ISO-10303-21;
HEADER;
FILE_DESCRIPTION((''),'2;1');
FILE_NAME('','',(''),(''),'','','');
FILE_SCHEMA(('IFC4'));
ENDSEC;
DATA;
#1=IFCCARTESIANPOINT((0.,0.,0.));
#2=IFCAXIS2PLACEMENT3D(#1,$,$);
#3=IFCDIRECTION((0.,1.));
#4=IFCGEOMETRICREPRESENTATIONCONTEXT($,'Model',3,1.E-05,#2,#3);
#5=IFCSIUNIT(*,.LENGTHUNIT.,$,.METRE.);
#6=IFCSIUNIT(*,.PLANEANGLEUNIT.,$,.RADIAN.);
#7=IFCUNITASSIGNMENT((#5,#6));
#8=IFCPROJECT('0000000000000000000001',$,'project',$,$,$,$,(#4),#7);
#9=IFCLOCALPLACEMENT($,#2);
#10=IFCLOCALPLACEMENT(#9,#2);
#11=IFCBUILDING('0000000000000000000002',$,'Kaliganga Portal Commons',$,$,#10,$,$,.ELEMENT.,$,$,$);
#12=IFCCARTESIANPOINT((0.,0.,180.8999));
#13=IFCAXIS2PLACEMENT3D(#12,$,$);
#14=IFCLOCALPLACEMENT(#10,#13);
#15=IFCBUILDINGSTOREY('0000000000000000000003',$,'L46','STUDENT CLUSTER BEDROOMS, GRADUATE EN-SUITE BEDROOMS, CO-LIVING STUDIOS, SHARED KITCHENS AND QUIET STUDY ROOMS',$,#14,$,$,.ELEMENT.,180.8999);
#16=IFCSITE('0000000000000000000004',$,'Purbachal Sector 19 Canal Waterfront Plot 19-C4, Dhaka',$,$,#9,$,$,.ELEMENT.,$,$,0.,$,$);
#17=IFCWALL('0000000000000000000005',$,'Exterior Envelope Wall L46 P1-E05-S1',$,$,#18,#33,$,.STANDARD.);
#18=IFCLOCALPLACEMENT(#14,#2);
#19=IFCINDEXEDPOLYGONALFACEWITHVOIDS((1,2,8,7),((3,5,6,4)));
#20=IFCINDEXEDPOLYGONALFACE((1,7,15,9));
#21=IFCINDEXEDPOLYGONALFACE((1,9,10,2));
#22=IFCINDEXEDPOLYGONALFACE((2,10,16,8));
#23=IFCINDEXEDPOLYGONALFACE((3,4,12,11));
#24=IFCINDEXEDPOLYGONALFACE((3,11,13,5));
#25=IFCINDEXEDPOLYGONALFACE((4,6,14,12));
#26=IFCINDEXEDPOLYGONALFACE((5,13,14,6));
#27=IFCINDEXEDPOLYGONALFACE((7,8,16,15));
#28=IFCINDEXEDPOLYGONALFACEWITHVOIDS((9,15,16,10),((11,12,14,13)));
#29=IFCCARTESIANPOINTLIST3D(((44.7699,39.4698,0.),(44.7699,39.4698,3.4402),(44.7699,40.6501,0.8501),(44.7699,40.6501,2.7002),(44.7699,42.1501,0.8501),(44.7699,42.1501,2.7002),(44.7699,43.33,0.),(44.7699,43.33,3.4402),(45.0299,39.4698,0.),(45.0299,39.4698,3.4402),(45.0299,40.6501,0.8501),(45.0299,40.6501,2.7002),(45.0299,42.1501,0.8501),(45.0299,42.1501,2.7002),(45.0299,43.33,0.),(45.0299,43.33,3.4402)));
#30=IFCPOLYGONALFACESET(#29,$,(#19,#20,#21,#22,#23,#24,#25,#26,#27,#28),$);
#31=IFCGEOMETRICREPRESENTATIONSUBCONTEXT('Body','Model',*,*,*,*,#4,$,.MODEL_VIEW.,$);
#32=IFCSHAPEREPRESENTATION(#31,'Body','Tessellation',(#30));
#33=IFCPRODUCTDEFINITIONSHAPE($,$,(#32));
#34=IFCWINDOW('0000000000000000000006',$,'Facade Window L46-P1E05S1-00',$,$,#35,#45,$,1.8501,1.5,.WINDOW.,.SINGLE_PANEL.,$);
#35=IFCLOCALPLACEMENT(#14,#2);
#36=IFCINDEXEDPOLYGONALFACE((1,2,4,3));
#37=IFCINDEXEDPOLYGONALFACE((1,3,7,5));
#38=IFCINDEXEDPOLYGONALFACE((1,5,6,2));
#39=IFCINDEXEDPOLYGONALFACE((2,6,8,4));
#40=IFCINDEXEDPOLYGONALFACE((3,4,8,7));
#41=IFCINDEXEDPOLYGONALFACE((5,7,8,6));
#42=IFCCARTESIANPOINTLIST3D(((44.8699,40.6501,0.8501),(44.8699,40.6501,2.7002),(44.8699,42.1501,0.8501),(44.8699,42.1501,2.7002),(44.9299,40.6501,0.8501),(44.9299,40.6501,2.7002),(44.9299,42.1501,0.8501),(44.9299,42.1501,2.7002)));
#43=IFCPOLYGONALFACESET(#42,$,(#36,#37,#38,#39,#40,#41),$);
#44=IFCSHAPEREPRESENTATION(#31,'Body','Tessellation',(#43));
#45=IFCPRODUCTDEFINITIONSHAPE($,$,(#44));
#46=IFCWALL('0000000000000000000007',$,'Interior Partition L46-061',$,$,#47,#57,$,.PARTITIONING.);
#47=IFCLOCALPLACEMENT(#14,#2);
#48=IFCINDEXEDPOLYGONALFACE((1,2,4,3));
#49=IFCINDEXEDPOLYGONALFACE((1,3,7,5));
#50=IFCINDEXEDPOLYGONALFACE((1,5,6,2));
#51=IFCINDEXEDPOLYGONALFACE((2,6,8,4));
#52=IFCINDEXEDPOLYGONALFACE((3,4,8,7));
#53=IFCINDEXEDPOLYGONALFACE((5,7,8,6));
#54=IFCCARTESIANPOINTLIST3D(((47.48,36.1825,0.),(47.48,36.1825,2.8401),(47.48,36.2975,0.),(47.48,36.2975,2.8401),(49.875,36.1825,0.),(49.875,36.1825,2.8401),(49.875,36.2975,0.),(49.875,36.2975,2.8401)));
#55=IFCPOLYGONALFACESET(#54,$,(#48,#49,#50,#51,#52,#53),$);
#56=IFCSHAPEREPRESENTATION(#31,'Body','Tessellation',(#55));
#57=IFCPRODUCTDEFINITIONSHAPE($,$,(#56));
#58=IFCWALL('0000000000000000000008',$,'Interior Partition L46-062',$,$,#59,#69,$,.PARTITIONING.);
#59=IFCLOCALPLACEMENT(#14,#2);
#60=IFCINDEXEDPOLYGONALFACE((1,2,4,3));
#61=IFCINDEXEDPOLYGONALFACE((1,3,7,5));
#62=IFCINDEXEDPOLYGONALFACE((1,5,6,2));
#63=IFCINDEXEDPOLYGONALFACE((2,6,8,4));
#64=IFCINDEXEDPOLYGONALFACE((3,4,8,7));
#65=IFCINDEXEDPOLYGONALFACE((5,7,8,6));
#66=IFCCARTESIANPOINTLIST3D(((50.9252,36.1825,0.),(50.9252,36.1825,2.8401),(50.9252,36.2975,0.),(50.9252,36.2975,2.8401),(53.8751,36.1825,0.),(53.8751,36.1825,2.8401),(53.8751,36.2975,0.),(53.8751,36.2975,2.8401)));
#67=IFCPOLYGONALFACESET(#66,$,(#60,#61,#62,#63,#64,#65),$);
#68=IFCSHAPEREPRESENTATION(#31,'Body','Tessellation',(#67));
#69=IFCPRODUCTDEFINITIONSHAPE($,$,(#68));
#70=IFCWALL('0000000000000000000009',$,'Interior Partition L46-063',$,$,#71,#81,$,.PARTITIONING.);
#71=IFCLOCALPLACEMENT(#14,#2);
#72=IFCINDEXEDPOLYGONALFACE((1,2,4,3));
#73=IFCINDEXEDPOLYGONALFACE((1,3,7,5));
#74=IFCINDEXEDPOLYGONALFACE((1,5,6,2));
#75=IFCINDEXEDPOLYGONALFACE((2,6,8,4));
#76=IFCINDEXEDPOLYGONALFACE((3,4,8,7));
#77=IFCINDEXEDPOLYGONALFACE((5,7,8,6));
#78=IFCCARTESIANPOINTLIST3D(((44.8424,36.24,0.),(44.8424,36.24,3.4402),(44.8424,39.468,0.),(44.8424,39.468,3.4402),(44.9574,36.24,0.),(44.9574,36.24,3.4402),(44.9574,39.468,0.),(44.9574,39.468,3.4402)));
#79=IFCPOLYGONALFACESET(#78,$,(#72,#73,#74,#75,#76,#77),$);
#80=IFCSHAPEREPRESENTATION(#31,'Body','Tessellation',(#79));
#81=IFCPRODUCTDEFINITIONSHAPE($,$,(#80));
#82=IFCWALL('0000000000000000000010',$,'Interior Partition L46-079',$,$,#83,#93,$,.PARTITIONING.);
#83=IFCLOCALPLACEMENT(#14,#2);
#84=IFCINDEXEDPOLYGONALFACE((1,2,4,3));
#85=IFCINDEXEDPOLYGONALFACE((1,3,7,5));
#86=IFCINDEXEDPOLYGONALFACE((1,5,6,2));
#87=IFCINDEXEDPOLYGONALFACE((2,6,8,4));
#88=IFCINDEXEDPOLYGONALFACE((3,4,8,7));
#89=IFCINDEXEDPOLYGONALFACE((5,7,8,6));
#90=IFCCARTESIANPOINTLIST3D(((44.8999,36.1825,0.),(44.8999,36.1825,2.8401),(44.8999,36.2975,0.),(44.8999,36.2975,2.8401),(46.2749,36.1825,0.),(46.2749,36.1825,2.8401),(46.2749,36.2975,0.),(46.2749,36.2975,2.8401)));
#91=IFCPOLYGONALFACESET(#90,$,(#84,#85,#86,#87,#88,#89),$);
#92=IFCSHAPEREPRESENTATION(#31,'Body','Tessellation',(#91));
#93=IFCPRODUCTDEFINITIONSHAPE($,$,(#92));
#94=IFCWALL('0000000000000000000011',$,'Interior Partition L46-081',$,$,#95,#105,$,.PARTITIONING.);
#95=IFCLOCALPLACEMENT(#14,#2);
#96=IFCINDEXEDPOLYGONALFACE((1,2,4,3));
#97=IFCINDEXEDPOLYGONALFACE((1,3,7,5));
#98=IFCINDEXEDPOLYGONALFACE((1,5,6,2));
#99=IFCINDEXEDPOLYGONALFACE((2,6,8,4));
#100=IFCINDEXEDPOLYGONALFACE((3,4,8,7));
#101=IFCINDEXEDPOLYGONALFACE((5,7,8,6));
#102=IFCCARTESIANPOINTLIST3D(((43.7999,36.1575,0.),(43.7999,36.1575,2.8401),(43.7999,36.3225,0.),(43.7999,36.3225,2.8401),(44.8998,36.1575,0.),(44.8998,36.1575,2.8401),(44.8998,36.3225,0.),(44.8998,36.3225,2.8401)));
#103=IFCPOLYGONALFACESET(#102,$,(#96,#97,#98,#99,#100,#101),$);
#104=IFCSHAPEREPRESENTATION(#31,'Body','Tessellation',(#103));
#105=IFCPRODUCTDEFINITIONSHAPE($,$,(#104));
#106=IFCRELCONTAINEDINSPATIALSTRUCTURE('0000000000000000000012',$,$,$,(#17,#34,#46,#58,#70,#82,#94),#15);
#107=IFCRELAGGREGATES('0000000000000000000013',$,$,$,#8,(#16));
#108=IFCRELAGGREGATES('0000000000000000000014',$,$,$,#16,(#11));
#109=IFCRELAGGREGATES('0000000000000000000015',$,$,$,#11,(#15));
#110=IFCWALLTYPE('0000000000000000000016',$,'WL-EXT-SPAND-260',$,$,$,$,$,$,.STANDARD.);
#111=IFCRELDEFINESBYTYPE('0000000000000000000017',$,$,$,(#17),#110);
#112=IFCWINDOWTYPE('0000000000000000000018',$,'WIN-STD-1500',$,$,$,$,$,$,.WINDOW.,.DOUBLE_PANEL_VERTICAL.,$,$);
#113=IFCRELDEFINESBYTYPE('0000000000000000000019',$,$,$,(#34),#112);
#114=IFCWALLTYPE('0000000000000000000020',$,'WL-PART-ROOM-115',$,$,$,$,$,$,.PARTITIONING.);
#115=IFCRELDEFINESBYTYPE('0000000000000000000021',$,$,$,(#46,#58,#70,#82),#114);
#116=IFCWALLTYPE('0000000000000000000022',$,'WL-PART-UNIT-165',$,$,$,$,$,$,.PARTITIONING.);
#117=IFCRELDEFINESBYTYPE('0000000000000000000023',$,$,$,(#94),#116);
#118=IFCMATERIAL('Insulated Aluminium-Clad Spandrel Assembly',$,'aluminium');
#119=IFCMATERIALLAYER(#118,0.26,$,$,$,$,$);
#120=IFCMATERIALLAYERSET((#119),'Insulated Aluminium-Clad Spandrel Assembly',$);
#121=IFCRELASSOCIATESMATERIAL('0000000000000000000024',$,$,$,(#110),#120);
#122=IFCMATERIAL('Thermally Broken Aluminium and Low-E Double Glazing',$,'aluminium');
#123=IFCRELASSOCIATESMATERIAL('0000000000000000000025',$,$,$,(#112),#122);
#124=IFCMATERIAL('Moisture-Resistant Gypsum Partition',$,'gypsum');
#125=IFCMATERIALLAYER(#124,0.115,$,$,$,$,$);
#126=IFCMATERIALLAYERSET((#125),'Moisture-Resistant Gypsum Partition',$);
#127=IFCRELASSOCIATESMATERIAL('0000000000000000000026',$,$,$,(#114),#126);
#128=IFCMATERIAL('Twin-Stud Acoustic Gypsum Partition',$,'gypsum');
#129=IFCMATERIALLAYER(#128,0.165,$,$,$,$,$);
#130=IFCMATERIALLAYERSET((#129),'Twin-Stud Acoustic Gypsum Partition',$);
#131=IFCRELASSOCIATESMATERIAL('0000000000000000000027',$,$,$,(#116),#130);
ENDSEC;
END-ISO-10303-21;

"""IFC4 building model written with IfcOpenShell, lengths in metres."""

from ifc_helpers import new_model, si_unit, direction, frame, frame_2d, origin, place, context, subcontext, project, spatial, rectangle, extrude, material, layer, layer_set, type_object, element, fill, save


model = new_model("IFC4")

# Units and contexts
model_context = context("Model", 3, precision=1e-05, world=origin(), true_north=direction((0.0, 1.0)))
body_context = subcontext(model_context, "Body", "Model", "MODEL_VIEW")
ifc_project = project(units=[si_unit("LENGTHUNIT", "METRE"), si_unit("PLANEANGLEUNIT", "RADIAN")], contexts=[model_context])

# Site, building, storey
site_placement = place(None, origin())
site = spatial("IfcSite", under=ifc_project, at=site_placement, Name="Purbachal Sector 19 Canal Waterfront Plot 19-C4, Dhaka", CompositionType="ELEMENT", RefElevation=0.0)
building_placement = place(site_placement, origin())
building = spatial("IfcBuilding", under=site, at=building_placement, Name="Kaliganga Portal Commons", CompositionType="ELEMENT")
storey_placement = place(building_placement, frame((0.0, 0.0, 180.8999)))
storey = spatial("IfcBuildingStorey", under=building, at=storey_placement, Name="L46", Description="STUDENT CLUSTER BEDROOMS, GRADUATE EN-SUITE BEDROOMS, CO-LIVING STUDIOS, SHARED KITCHENS AND QUIET STUDY ROOMS", CompositionType="ELEMENT", Elevation=180.8999)

# Shared definitions
ifc_material_1 = material(Name="Insulated Aluminium-Clad Spandrel Assembly", Category="aluminium")
ifc_layer_1 = layer(ifc_material_1, 0.26)
ifc_layer_set_1 = layer_set([ifc_layer_1], Name="Insulated Aluminium-Clad Spandrel Assembly")
wall_type_1 = type_object("IfcWallType", Name="WL-EXT-SPAND-260", PredefinedType="STANDARD", material=ifc_layer_set_1)
ifc_material_2 = material(Name="Thermally Broken Aluminium and Low-E Double Glazing", Category="aluminium")
window_type = type_object("IfcWindowType", Name="WIN-STD-1500", PartitioningType="DOUBLE_PANEL_VERTICAL", PredefinedType="WINDOW", material=ifc_material_2)

# Wall, opening, window
wall_1_placement = place(storey_placement, frame((44.8999, 43.3301, 0.0), z_axis=(0.0, 0.0, 1.0), x_axis=(0.0, -1.0, 0.0)))
wall_1 = element("IfcWall", 1, at=wall_1_placement, inside=storey, type_object=wall_type_1, Name="Exterior Envelope Wall L46 P1-E05-S1", PredefinedType="STANDARD", context=body_context, shape_type="SweptSolid", body=[
    extrude(rectangle(XDim=3.8601, YDim=0.26, at=frame_2d((1.9302, 0.0))), origin(), (0.0, 0.0, 1.0), 3.4402),
])
opening_1_placement = place(wall_1_placement, frame((1.1799, 0.0, 0.8501)))
opening_1 = element("IfcOpeningElement", 2, at=opening_1_placement, cuts=wall_1, PredefinedType="OPENING", context=body_context, shape_type="SweptSolid", body=[
    extrude(rectangle(XDim=1.5, YDim=1.8501, at=frame_2d((0.75, 0.925))), frame((0.0, 0.1401, 0.0), z_axis=(0.0, -1.0, 0.0), x_axis=(1.0, 0.0, 0.0)), (0.0, 0.0, 1.0), 0.28),
])
window_1_placement = place(opening_1_placement, origin())
window_1 = element("IfcWindow", 3, at=window_1_placement, inside=storey, type_object=window_type, Name="Facade Window L46-P1E05S1-00", OverallHeight=1.8501, OverallWidth=1.5, PartitioningType="SINGLE_PANEL", PredefinedType="WINDOW", context=body_context, shape_type="SweptSolid", body=[
    extrude(rectangle(XDim=1.5, YDim=1.8501, at=frame_2d((0.75, 0.925))), frame((0.0, 0.03, 0.0), z_axis=(0.0, -1.0, 0.0), x_axis=(1.0, 0.0, 0.0)), (0.0, 0.0, 1.0), 0.0601),
])
fill(opening_1, window_1)

# Walls
ifc_material_3 = material(Name="Moisture-Resistant Gypsum Partition", Category="gypsum")
ifc_layer_2 = layer(ifc_material_3, 0.115)
ifc_layer_set_2 = layer_set([ifc_layer_2], Name="Moisture-Resistant Gypsum Partition")
wall_type_2 = type_object("IfcWallType", Name="WL-PART-ROOM-115", PredefinedType="PARTITIONING", material=ifc_layer_set_2)
wall_2_placement = place(storey_placement, frame((47.48, 36.24, 0.0), z_axis=(0.0, 0.0, 1.0), x_axis=(1.0, 0.0, 0.0)))
element("IfcWall", 4, at=wall_2_placement, inside=storey, type_object=wall_type_2, Name="Interior Partition L46-061", PredefinedType="PARTITIONING", context=body_context, shape_type="SweptSolid", body=[
    extrude(rectangle(XDim=2.395, YDim=0.115, at=frame_2d((1.1975, 0.0))), origin(), (0.0, 0.0, 1.0), 2.8401),
])
wall_3_placement = place(storey_placement, frame((50.925, 36.24, 0.0), z_axis=(0.0, 0.0, 1.0), x_axis=(1.0, 0.0, 0.0)))
element("IfcWall", 5, at=wall_3_placement, inside=storey, type_object=wall_type_2, Name="Interior Partition L46-062", PredefinedType="PARTITIONING", context=body_context, shape_type="SweptSolid", body=[
    extrude(rectangle(XDim=2.95, YDim=0.115, at=frame_2d((1.4751, 0.0))), origin(), (0.0, 0.0, 1.0), 2.8401),
])
wall_4_placement = place(storey_placement, frame((44.8999, 36.24, 0.0), z_axis=(0.0, 0.0, 1.0), x_axis=(0.0, 1.0, 0.0)))
element("IfcWall", 6, at=wall_4_placement, inside=storey, type_object=wall_type_2, Name="Interior Partition L46-063", PredefinedType="PARTITIONING", context=body_context, shape_type="SweptSolid", body=[
    extrude(rectangle(XDim=3.228, YDim=0.115, at=frame_2d((1.614, 0.0))), origin(), (0.0, 0.0, 1.0), 3.4402),
])
wall_5_placement = place(storey_placement, frame((44.8999, 36.24, 0.0), z_axis=(0.0, 0.0, 1.0), x_axis=(1.0, 0.0, 0.0)))
element("IfcWall", 7, at=wall_5_placement, inside=storey, type_object=wall_type_2, Name="Interior Partition L46-079", PredefinedType="PARTITIONING", context=body_context, shape_type="SweptSolid", body=[
    extrude(rectangle(XDim=1.375, YDim=0.115, at=frame_2d((0.6875, 0.0))), origin(), (0.0, 0.0, 1.0), 2.8401),
])
ifc_material_4 = material(Name="Twin-Stud Acoustic Gypsum Partition", Category="gypsum")
ifc_layer_3 = layer(ifc_material_4, 0.165)
ifc_layer_set_3 = layer_set([ifc_layer_3], Name="Twin-Stud Acoustic Gypsum Partition")
wall_type_3 = type_object("IfcWallType", Name="WL-PART-UNIT-165", PredefinedType="PARTITIONING", material=ifc_layer_set_3)
wall_6_placement = place(storey_placement, frame((43.8, 36.24, 0.0), z_axis=(0.0, 0.0, 1.0), x_axis=(1.0, 0.0, 0.0)))
element("IfcWall", 8, at=wall_6_placement, inside=storey, type_object=wall_type_3, Name="Interior Partition L46-081", PredefinedType="PARTITIONING", context=body_context, shape_type="SweptSolid", body=[
    extrude(rectangle(XDim=1.0999, YDim=0.165, at=frame_2d((0.5498, 0.0))), origin(), (0.0, 0.0, 1.0), 2.8401),
])

save(model, "model.ifc")
